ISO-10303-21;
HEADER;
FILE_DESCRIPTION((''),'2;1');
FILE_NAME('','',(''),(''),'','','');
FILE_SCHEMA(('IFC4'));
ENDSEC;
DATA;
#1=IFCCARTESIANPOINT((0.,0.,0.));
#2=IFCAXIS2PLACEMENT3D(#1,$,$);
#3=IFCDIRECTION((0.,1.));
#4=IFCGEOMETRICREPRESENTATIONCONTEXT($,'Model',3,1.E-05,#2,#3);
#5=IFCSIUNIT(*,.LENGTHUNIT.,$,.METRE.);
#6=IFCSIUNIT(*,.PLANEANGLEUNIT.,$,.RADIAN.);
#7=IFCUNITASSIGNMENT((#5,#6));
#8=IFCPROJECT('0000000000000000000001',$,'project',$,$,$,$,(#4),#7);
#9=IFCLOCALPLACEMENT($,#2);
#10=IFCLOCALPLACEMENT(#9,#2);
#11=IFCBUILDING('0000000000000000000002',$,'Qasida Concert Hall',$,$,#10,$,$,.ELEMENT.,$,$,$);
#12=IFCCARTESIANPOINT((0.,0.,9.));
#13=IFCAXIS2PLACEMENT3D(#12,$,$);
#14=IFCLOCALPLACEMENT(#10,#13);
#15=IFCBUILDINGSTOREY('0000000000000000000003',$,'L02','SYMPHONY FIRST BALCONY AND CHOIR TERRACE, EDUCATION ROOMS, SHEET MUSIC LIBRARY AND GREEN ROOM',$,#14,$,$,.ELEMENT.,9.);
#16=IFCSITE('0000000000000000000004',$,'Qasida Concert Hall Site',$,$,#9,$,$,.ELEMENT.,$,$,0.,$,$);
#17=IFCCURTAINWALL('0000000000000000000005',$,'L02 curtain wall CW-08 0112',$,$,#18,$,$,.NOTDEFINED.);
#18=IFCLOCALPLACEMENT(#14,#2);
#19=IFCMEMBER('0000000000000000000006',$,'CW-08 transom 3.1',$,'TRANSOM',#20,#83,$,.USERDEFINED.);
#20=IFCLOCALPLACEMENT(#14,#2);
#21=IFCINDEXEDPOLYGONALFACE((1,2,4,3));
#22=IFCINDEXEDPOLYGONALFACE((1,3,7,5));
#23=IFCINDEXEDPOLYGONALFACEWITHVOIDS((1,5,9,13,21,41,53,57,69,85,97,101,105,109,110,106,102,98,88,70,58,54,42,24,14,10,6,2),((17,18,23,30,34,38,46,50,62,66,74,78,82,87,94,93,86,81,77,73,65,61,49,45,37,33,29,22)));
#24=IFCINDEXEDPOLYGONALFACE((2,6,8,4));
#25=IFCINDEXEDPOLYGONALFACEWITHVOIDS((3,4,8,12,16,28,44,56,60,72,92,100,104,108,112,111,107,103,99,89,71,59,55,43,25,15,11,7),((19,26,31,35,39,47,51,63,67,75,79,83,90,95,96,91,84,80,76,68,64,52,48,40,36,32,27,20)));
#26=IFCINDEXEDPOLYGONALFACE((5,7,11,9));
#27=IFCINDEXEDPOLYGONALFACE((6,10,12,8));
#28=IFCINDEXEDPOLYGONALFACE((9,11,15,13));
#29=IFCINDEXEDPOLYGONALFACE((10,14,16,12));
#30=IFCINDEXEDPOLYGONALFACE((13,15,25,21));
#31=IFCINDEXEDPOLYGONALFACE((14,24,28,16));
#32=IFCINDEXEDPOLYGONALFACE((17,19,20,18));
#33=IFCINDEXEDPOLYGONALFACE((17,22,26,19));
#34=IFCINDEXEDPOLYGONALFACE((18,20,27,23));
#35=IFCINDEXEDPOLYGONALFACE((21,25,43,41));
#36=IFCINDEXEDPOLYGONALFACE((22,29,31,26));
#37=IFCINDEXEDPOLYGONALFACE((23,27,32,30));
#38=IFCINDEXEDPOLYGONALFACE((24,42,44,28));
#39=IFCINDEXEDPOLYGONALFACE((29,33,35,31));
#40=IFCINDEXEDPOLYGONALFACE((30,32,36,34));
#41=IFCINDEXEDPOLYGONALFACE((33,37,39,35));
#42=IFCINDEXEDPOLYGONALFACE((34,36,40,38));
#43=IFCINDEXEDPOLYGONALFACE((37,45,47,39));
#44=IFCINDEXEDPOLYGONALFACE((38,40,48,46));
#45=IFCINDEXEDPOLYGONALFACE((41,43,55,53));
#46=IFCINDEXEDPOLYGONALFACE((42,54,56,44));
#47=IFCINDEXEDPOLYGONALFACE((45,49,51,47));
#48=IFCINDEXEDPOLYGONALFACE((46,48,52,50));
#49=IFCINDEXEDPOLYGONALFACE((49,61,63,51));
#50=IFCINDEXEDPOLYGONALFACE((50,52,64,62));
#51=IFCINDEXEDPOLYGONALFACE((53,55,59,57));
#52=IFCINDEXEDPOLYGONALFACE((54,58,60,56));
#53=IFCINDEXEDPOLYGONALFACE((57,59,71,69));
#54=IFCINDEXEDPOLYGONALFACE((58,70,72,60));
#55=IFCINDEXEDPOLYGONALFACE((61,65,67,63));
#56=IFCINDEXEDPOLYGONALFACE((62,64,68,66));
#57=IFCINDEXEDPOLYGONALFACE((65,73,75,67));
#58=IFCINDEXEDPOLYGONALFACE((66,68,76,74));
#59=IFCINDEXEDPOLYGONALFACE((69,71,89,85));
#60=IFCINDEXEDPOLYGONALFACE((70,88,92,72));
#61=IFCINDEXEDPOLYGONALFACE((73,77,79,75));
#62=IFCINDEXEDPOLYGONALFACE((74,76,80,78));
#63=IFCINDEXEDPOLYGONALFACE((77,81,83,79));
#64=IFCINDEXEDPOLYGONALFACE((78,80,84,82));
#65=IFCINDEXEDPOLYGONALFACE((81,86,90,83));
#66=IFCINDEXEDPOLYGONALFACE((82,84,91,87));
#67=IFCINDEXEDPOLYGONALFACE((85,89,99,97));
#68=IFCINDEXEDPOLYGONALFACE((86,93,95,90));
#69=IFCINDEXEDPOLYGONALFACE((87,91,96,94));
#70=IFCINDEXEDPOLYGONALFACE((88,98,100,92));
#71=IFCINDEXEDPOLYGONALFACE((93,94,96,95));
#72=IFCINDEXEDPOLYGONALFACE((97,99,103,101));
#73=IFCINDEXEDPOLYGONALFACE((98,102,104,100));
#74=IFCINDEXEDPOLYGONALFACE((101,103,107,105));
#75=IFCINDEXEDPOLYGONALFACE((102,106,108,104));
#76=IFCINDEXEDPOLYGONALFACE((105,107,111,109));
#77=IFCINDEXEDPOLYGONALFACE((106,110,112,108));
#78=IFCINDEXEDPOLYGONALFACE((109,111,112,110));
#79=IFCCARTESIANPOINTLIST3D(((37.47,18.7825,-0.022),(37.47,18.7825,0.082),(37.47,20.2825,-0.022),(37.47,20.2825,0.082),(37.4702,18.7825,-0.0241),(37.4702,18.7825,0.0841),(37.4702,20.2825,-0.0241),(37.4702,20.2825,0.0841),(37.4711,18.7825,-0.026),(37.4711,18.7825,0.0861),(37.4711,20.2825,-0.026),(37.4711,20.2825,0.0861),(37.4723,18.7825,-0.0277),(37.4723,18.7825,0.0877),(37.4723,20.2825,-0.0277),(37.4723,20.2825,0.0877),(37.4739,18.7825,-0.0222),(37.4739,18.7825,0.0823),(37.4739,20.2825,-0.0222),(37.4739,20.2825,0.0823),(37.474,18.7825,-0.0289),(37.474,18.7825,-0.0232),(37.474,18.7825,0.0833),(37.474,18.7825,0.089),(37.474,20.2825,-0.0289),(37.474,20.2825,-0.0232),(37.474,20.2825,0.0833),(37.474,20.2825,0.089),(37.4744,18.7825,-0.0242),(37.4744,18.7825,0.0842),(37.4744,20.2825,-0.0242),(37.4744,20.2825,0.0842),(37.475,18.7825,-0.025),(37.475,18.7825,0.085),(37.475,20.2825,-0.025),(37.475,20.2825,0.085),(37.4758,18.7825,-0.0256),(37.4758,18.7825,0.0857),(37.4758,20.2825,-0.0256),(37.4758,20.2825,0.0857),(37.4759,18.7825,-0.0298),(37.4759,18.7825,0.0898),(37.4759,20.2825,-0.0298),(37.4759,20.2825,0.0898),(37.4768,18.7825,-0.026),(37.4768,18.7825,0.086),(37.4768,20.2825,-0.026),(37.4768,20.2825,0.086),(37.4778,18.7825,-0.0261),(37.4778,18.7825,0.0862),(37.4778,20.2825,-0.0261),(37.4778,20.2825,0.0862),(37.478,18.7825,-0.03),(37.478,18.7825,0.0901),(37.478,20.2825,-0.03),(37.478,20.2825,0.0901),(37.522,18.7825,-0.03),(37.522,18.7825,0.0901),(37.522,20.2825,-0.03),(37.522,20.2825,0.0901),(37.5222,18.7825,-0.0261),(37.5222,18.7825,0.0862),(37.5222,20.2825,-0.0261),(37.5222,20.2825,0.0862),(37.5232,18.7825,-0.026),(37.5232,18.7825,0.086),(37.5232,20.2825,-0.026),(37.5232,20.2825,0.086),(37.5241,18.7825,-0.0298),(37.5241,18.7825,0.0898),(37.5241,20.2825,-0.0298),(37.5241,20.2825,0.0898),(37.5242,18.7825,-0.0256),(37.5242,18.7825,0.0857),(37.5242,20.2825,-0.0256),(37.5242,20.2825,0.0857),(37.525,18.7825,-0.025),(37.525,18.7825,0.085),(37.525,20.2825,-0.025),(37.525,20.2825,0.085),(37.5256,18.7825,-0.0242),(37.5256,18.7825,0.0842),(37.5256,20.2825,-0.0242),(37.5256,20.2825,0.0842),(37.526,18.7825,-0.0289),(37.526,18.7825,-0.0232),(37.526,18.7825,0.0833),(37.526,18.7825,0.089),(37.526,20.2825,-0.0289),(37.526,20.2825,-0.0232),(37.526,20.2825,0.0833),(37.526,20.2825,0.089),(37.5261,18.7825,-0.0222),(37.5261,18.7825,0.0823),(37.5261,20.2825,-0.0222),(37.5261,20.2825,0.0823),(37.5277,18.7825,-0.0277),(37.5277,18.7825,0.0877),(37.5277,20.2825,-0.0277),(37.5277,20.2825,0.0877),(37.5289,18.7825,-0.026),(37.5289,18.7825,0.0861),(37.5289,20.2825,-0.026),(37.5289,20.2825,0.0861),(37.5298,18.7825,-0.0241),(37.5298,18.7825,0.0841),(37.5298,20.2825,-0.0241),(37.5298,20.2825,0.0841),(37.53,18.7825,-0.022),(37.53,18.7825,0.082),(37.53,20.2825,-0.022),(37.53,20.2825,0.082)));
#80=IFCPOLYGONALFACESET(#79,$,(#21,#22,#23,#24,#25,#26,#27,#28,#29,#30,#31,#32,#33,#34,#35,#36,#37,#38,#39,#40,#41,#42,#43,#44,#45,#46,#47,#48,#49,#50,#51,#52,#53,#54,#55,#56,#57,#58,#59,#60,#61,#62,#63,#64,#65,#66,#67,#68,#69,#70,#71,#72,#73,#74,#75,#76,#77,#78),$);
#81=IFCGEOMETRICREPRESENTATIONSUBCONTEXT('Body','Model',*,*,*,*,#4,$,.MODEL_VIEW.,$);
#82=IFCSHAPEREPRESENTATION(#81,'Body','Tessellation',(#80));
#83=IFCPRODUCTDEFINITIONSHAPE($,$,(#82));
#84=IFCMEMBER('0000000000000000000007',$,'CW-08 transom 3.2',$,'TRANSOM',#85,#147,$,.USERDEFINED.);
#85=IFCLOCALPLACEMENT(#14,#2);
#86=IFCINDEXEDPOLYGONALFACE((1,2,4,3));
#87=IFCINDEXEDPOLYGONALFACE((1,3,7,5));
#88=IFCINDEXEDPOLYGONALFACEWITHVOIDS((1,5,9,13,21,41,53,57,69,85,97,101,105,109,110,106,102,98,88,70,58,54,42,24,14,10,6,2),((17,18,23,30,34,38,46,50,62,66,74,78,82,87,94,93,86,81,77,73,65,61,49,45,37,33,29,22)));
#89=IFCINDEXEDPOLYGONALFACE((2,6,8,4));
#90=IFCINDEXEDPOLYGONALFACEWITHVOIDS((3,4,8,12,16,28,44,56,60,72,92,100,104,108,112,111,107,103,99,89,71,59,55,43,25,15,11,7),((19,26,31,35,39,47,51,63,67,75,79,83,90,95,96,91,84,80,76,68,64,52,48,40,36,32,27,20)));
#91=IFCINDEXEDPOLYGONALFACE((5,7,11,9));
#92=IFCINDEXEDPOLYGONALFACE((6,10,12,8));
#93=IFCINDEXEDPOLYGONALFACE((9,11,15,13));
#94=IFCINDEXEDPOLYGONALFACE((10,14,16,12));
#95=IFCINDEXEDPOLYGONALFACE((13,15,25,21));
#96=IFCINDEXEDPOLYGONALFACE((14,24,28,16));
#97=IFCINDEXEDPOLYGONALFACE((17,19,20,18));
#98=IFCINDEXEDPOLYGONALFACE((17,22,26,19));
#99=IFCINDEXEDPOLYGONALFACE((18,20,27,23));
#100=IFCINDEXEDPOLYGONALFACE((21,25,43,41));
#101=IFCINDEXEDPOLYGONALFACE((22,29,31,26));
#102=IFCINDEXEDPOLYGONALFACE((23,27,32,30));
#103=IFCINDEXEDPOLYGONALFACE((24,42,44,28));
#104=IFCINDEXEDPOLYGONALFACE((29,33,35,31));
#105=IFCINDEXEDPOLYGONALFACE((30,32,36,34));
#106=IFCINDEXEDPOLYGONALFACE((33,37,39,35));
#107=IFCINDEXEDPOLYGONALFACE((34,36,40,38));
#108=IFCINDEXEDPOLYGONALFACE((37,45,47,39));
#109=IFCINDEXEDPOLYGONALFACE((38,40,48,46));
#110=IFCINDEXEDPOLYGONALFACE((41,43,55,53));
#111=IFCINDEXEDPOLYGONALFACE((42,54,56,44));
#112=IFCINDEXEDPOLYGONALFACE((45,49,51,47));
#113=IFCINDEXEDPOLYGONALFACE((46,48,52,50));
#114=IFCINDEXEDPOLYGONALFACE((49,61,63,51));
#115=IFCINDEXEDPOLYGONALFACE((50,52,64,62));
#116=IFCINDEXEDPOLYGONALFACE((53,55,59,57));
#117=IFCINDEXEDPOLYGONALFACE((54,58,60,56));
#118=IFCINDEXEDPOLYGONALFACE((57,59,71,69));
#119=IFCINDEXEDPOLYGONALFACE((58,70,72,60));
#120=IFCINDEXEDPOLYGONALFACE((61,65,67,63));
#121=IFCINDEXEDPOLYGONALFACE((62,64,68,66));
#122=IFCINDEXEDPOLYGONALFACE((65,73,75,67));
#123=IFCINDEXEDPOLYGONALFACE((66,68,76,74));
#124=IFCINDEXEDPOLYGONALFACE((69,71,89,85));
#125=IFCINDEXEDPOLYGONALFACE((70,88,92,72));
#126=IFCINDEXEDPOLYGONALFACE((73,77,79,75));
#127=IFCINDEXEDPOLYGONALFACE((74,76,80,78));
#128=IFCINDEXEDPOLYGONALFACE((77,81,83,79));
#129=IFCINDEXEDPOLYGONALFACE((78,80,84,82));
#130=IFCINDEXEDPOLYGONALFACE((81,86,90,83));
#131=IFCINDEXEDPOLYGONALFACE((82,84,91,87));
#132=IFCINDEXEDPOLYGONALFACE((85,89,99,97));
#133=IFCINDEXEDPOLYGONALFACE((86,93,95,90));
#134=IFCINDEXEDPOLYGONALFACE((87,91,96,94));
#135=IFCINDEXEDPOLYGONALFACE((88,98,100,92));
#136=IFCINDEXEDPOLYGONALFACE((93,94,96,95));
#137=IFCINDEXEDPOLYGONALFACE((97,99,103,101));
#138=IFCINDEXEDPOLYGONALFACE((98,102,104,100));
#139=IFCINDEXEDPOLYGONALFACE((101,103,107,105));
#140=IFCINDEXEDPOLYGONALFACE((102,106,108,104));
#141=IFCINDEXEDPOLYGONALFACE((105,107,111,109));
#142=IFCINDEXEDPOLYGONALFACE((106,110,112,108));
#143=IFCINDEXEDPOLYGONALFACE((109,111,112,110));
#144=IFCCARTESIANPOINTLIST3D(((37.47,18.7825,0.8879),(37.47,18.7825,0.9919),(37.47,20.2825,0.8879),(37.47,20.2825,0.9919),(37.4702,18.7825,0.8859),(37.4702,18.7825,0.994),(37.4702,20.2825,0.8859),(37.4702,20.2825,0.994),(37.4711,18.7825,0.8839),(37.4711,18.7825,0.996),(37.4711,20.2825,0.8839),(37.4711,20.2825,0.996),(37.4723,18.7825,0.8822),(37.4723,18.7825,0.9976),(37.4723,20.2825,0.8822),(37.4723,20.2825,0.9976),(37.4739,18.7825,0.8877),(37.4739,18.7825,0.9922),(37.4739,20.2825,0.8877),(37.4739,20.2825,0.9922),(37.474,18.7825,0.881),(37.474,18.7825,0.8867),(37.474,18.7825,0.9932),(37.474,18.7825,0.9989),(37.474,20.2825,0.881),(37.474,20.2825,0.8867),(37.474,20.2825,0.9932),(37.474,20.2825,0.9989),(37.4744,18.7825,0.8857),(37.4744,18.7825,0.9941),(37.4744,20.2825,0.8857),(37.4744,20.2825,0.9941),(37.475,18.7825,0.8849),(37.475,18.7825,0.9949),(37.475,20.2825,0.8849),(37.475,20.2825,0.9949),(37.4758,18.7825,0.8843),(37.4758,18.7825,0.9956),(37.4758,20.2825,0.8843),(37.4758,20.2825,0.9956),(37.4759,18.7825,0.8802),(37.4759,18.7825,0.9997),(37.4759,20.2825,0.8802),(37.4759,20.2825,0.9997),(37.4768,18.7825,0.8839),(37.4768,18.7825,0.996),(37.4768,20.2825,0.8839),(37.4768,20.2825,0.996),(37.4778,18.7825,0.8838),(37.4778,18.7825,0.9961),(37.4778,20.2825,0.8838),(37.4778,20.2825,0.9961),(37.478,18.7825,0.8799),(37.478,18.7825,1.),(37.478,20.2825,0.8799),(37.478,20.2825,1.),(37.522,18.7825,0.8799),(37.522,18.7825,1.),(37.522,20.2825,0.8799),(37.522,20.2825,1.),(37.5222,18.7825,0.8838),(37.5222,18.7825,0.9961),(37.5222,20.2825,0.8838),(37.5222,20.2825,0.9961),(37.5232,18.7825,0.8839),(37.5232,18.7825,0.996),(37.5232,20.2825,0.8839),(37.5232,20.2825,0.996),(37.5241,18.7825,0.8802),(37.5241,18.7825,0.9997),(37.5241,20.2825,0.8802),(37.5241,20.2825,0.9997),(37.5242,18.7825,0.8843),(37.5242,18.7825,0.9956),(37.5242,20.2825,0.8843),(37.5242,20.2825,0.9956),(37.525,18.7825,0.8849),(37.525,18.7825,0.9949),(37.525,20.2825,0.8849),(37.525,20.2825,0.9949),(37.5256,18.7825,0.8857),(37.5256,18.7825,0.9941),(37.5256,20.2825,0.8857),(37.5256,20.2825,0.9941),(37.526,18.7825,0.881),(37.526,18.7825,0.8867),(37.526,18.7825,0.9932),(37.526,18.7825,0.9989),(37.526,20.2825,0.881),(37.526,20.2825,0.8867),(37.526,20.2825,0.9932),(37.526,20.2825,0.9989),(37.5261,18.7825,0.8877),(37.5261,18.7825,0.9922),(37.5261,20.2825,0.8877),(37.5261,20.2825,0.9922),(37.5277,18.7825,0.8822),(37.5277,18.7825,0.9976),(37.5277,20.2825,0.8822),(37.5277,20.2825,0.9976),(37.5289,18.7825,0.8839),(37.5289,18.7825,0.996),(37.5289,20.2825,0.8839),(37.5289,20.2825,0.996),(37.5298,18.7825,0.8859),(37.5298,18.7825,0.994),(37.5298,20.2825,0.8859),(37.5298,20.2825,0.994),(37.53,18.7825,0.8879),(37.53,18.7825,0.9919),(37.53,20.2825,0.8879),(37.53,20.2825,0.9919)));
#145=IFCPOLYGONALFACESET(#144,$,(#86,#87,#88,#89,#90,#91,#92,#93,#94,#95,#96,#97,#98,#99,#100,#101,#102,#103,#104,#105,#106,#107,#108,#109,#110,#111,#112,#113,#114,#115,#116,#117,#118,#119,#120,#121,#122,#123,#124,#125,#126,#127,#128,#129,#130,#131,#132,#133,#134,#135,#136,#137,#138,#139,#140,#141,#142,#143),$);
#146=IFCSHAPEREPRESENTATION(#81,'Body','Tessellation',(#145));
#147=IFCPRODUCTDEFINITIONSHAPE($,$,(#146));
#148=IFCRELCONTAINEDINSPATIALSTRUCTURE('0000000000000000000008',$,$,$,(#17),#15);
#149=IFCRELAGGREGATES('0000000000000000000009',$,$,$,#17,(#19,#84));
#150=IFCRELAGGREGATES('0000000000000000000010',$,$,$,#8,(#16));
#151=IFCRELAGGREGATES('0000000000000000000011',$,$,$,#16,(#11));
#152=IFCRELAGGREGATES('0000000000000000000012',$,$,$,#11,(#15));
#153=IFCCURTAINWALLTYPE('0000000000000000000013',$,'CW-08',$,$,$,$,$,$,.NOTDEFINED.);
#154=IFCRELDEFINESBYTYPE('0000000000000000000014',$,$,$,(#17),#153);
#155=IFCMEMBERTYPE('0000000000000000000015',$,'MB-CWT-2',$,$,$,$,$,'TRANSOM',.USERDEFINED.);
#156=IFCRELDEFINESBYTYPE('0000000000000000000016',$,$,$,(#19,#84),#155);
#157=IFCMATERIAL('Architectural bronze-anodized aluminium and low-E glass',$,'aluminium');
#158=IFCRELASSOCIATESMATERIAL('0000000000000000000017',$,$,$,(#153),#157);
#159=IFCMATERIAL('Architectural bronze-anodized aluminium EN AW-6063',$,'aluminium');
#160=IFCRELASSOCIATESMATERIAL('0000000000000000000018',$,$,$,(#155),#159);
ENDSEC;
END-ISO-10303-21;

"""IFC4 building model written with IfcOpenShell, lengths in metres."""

from ifc_helpers import new_model, si_unit, direction, frame, origin, origin_2d, place, context, subcontext, project, spatial, hollow_rectangle, extrude, material, material_profile, profile_set, type_object, element, aggregate, save


model = new_model("IFC4")

# Units and contexts
model_context = context("Model", 3, precision=1e-05, world=origin(), true_north=direction((0.0, 1.0)))
body_context = subcontext(model_context, "Body", "Model", "MODEL_VIEW")
ifc_project = project(units=[si_unit("LENGTHUNIT", "METRE"), si_unit("PLANEANGLEUNIT", "RADIAN")], contexts=[model_context])

# Site, building, storey
site_placement = place(None, origin())
site = spatial("IfcSite", under=ifc_project, at=site_placement, Name="Qasida Concert Hall Site", CompositionType="ELEMENT", RefElevation=0.0)
building_placement = place(site_placement, origin())
building = spatial("IfcBuilding", under=site, at=building_placement, Name="Qasida Concert Hall", CompositionType="ELEMENT")
storey_placement = place(building_placement, frame((0.0, 0.0, 9.0)))
storey = spatial("IfcBuildingStorey", under=building, at=storey_placement, Name="L02", Description="SYMPHONY FIRST BALCONY AND CHOIR TERRACE, EDUCATION ROOMS, SHEET MUSIC LIBRARY AND GREEN ROOM", CompositionType="ELEMENT", Elevation=9.0)

# Curtain wall, members
ifc_material_1 = material(Name="Architectural bronze-anodized aluminium and low-E glass", Category="aluminium")
curtain_wall_type = type_object("IfcCurtainWallType", Name="CW-08", PredefinedType="NOTDEFINED", material=ifc_material_1)
curtain_wall_placement = place(storey_placement, origin())
curtain_wall = element("IfcCurtainWall", 1, at=curtain_wall_placement, inside=storey, type_object=curtain_wall_type, Name="L02 curtain wall CW-08 0112", PredefinedType="NOTDEFINED")
ifc_material_2 = material(Name="Architectural bronze-anodized aluminium EN AW-6063", Category="aluminium")
ifc_material_profile_1 = material_profile(ifc_material_2, hollow_rectangle(XDim=0.0601, YDim=0.1201, WallThickness=0.0039, InnerFilletRadius=0.0039, OuterFilletRadius=0.0081, at=origin_2d()), Name="CWT 120x60x4")
ifc_profile_set_1 = profile_set([ifc_material_profile_1], Name="Architectural bronze-anodized aluminium EN AW-6063")
member_type_1 = type_object("IfcMemberType", Name="MB-CWT-2", ElementType="TRANSOM", PredefinedType="USERDEFINED", material=ifc_profile_set_1)
member_1_placement = place(storey_placement, frame((37.5, 18.7825, 0.03), z_axis=(0.0, 1.0, 0.0), x_axis=(-1.0, 0.0, 0.0)))
member_1 = element("IfcMember", 2, at=member_1_placement, type_object=member_type_1, Name="CW-08 transom 3.1", ObjectType="TRANSOM", PredefinedType="USERDEFINED", context=body_context, shape_type="SweptSolid", body=[
    extrude(hollow_rectangle(XDim=0.0601, YDim=0.1201, WallThickness=0.0039, InnerFilletRadius=0.0039, OuterFilletRadius=0.0081, at=origin_2d()), origin(), (0.0, 0.0, 1.0), 1.5),
])
member_2_placement = place(storey_placement, frame((37.5, 18.7825, 0.9399), z_axis=(0.0, 1.0, 0.0), x_axis=(-1.0, 0.0, 0.0)))
member_2 = element("IfcMember", 3, at=member_2_placement, type_object=member_type_1, Name="CW-08 transom 3.2", ObjectType="TRANSOM", PredefinedType="USERDEFINED", context=body_context, shape_type="SweptSolid", body=[
    extrude(hollow_rectangle(XDim=0.0601, YDim=0.1201, WallThickness=0.0039, InnerFilletRadius=0.0039, OuterFilletRadius=0.0081, at=origin_2d()), origin(), (0.0, 0.0, 1.0), 1.5),
])
aggregate(curtain_wall, [member_1, member_2])

save(model, "model.ifc")
